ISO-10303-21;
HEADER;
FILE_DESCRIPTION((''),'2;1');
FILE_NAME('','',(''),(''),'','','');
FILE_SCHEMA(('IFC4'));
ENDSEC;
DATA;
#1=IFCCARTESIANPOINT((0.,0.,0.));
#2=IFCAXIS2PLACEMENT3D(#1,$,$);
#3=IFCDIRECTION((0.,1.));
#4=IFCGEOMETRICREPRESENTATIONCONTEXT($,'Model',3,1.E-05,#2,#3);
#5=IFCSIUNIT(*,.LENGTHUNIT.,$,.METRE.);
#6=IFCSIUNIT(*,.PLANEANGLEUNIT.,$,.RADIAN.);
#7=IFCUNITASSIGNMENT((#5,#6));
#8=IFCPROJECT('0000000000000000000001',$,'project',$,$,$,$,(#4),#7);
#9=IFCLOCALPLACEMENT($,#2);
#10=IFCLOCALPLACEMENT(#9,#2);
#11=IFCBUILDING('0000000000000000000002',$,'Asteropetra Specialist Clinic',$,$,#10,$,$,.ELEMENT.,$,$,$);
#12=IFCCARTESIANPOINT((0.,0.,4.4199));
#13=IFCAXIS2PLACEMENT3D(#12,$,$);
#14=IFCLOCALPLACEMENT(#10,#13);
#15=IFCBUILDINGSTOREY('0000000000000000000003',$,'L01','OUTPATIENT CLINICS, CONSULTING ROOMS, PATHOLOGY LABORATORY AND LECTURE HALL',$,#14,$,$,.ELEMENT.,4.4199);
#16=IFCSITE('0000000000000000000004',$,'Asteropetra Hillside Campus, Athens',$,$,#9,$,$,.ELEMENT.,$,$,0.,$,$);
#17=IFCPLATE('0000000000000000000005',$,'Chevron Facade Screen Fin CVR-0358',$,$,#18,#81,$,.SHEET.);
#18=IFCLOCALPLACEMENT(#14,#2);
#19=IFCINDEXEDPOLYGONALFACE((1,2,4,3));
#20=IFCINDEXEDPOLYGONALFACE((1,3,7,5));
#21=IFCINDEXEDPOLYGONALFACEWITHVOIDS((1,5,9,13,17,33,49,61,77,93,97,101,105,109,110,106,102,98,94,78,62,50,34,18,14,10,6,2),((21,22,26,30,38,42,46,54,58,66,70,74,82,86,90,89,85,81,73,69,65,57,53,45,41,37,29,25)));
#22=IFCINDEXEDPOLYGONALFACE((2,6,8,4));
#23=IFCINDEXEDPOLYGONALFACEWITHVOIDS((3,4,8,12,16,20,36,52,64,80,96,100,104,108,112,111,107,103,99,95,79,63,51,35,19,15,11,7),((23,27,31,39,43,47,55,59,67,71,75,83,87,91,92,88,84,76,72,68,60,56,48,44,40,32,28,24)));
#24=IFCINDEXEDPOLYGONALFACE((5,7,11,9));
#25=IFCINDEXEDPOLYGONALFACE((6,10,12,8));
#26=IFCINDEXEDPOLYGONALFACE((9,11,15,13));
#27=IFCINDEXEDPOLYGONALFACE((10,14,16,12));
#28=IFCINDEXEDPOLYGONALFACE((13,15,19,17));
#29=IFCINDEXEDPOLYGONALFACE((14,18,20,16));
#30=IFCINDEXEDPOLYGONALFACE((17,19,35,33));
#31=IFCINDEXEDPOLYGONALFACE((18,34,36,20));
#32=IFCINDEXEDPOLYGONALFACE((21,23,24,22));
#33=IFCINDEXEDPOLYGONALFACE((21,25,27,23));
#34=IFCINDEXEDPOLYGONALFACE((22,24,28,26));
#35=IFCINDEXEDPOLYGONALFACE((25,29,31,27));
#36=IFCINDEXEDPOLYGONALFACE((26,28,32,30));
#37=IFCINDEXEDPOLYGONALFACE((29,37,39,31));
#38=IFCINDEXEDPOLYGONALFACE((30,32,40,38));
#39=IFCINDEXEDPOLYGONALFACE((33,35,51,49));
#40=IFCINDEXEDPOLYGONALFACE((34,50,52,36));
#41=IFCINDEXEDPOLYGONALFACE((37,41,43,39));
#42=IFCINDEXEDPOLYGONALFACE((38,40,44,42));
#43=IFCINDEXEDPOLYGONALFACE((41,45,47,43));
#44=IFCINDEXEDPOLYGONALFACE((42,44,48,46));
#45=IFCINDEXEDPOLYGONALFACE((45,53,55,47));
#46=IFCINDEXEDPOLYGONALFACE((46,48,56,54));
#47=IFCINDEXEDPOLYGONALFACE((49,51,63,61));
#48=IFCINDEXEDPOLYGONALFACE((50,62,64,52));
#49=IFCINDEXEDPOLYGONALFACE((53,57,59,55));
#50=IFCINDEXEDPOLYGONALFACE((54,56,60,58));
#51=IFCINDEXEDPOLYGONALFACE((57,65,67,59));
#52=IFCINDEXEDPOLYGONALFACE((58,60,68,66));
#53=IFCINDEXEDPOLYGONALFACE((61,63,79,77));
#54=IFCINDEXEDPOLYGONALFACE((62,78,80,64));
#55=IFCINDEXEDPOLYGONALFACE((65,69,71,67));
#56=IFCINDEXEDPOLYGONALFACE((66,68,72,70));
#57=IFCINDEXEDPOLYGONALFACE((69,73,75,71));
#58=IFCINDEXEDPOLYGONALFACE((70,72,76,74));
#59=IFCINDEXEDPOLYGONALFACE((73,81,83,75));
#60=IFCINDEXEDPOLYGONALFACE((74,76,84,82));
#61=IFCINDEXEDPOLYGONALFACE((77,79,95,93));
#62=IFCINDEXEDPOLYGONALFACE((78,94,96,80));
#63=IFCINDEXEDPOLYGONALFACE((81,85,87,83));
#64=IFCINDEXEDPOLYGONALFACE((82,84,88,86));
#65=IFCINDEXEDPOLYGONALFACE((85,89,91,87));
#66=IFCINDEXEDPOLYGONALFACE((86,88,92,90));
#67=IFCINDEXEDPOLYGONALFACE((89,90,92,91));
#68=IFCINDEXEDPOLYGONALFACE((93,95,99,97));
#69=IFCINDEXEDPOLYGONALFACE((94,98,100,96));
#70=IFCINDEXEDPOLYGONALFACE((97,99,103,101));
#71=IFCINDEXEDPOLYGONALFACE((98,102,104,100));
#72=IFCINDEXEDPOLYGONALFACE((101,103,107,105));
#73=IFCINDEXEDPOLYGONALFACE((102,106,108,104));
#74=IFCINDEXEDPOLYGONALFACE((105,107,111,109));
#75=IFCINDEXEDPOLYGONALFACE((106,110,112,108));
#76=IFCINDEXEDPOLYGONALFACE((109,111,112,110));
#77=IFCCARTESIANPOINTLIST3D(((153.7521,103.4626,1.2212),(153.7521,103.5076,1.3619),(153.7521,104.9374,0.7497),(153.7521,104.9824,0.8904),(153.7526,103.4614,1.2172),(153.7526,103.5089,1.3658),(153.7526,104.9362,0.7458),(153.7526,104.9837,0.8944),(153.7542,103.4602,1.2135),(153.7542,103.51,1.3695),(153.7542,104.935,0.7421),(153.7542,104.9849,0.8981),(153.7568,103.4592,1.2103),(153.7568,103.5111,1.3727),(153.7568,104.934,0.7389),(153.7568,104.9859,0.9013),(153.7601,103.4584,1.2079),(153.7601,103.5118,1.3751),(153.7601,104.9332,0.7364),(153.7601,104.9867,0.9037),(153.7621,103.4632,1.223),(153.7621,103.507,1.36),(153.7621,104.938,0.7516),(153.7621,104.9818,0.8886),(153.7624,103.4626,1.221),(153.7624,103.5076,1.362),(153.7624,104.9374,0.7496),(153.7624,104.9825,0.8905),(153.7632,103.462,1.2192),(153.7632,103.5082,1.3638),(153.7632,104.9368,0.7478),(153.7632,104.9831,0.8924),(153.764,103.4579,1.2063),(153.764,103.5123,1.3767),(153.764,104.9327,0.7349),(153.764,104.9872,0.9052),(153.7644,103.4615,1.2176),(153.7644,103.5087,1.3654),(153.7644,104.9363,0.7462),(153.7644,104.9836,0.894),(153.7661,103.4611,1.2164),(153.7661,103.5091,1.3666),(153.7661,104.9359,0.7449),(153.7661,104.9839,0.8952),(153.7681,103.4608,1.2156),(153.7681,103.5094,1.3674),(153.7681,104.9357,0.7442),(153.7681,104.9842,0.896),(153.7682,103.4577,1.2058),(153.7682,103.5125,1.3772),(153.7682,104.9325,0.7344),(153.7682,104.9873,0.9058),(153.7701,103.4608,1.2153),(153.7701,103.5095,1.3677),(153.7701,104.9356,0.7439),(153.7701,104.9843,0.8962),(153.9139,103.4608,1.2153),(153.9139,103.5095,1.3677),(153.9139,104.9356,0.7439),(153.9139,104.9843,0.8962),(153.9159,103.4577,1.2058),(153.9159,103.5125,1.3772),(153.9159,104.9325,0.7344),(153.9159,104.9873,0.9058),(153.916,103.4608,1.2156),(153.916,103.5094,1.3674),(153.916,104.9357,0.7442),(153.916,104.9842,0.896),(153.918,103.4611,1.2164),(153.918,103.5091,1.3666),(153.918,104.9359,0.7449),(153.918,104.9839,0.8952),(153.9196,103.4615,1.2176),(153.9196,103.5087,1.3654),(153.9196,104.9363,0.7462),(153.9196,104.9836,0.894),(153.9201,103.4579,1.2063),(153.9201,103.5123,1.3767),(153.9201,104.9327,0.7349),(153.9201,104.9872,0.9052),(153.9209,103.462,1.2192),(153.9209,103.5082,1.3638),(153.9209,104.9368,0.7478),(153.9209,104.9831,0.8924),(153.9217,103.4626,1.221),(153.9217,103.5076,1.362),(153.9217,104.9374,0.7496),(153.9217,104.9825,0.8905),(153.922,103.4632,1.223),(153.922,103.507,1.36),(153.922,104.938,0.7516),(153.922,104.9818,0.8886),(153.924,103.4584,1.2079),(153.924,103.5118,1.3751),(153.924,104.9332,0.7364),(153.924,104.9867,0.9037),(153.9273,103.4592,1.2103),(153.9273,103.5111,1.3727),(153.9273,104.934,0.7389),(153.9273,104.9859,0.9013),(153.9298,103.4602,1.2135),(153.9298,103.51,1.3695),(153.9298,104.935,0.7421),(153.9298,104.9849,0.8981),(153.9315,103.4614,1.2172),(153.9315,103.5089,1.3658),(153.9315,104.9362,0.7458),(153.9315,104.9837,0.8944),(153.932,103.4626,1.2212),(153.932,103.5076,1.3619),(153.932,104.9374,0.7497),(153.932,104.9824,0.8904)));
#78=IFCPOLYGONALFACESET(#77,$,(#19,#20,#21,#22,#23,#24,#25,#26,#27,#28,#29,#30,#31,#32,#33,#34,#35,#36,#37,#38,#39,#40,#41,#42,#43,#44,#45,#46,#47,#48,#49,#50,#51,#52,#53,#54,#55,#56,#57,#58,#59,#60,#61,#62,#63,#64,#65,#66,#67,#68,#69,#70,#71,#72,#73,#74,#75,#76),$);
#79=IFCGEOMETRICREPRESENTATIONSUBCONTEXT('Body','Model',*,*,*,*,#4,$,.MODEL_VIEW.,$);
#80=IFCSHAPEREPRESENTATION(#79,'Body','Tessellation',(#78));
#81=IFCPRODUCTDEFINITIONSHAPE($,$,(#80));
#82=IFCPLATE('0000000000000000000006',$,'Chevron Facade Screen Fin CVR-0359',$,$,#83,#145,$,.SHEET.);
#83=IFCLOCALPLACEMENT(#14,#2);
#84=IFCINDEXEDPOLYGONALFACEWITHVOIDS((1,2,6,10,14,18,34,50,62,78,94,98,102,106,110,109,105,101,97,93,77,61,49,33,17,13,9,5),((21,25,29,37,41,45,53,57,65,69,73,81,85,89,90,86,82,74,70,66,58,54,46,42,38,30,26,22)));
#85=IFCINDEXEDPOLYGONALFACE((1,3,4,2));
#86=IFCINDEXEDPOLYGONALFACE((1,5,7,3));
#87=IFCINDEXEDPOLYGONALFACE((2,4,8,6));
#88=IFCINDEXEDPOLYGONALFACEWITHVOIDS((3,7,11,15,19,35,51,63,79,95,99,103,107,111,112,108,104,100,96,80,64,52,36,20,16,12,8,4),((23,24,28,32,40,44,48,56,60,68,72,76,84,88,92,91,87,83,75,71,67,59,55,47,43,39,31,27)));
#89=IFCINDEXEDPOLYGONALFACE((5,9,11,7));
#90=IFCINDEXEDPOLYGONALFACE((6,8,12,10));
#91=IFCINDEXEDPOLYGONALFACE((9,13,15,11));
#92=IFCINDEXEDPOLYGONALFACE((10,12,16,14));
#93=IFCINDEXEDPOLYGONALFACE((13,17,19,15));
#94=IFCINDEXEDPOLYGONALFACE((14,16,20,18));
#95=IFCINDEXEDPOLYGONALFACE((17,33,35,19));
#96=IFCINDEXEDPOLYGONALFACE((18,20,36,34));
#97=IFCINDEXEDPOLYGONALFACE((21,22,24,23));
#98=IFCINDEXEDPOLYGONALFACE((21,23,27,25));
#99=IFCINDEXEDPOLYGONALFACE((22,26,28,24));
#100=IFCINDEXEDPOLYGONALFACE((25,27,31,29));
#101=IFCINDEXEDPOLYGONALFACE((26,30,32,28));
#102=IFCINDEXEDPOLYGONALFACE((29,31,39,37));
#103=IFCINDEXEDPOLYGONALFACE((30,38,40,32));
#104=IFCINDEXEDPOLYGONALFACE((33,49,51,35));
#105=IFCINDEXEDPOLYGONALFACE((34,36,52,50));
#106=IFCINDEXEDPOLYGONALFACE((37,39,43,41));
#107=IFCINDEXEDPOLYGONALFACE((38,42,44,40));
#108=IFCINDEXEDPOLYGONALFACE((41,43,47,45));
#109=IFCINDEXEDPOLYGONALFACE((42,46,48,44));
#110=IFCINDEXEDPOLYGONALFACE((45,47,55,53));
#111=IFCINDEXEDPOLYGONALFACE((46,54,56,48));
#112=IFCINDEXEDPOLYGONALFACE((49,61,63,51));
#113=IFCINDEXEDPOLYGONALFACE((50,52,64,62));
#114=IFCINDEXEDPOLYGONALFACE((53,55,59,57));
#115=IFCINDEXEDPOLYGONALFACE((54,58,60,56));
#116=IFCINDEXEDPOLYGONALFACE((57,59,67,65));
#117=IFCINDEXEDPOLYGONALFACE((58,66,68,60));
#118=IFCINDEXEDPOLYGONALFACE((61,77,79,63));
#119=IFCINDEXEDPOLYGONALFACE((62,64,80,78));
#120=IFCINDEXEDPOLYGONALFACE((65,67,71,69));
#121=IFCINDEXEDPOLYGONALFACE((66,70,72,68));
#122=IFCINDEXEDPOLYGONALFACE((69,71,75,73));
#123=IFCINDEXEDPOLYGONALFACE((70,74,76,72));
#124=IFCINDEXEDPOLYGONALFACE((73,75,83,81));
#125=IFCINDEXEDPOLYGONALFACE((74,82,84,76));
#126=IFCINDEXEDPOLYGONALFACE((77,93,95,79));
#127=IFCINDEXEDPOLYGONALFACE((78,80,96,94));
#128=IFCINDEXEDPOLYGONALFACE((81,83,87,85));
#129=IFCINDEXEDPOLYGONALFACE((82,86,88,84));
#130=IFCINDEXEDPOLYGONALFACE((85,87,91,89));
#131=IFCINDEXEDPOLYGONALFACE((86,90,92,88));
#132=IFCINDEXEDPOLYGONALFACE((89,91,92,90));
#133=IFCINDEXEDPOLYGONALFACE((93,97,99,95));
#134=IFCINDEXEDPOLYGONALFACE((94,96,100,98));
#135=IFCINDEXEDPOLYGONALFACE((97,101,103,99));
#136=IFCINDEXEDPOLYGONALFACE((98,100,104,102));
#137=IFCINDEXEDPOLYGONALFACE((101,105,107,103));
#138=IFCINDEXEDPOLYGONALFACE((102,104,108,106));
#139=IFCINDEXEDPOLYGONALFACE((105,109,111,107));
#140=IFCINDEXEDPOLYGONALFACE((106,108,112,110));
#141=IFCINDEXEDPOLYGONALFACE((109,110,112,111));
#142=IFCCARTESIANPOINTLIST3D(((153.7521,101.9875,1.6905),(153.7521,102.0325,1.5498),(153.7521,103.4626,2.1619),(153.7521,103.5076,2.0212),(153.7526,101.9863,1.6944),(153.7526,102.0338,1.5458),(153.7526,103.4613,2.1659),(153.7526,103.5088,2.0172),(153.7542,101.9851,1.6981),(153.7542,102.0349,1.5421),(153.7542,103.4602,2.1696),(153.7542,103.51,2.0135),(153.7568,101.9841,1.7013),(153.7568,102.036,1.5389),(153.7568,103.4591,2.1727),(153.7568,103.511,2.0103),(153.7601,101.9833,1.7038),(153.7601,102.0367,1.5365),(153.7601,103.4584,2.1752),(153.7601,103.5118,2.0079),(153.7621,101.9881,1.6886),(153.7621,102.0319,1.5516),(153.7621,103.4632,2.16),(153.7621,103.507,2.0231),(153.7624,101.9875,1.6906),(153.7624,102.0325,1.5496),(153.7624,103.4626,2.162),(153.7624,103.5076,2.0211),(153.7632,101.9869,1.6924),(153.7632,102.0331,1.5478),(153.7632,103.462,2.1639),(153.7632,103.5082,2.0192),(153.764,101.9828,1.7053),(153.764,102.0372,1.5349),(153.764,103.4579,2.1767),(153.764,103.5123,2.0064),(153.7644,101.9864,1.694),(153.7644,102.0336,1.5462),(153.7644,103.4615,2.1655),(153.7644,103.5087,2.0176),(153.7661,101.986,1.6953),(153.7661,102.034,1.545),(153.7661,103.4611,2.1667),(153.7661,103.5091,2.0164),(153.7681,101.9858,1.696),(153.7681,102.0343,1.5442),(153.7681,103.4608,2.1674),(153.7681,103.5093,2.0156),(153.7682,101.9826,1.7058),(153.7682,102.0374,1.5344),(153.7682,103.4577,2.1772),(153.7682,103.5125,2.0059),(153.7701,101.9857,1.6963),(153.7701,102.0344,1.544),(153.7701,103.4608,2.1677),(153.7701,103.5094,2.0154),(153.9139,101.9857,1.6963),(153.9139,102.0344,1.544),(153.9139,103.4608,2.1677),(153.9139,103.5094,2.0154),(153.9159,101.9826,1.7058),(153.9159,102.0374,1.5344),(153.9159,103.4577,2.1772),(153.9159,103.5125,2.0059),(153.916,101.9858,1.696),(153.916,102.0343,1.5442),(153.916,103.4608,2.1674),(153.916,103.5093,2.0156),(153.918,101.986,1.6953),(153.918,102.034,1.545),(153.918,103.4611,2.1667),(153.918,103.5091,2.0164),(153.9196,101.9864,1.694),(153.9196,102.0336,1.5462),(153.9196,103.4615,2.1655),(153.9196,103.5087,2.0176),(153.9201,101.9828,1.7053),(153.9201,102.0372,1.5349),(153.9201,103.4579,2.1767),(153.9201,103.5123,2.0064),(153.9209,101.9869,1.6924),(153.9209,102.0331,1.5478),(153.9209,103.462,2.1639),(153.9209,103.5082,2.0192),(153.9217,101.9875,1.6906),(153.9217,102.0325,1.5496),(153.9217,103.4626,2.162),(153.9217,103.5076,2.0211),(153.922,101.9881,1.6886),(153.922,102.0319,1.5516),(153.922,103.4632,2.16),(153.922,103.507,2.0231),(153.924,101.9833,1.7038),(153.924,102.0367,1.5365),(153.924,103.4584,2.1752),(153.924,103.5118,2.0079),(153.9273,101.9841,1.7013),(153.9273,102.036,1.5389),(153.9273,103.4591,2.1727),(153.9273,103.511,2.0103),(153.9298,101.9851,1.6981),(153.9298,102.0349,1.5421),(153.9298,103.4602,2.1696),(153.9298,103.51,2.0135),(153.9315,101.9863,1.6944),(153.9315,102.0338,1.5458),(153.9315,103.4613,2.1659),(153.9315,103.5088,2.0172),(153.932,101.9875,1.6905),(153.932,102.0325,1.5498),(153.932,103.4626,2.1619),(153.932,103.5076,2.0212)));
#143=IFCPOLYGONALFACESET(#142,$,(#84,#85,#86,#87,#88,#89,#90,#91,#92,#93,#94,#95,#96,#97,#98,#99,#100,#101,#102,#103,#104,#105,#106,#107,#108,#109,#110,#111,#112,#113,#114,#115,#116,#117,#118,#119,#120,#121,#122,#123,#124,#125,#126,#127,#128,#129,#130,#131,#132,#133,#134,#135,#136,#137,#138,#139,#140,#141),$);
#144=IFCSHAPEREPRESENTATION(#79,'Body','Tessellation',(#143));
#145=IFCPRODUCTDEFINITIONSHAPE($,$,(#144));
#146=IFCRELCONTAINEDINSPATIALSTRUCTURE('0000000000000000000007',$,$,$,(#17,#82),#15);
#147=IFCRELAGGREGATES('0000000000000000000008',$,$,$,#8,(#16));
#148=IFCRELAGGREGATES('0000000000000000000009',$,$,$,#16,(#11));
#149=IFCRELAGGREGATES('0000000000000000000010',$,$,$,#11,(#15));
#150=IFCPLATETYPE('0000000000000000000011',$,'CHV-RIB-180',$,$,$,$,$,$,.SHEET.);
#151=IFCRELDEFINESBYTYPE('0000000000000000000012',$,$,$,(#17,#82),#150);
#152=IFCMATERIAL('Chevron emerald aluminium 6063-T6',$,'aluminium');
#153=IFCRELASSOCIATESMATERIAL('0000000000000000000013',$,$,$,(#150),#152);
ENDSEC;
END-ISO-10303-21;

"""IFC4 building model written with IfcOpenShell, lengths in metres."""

from ifc_helpers import new_model, si_unit, direction, frame, origin, origin_2d, place, context, subcontext, project, spatial, hollow_rectangle, extrude, material, material_profile, profile_set, type_object, element, save


model = new_model("IFC4")

# Units and contexts
model_context = context("Model", 3, precision=1e-05, world=origin(), true_north=direction((0.0, 1.0)))
body_context = subcontext(model_context, "Body", "Model", "MODEL_VIEW")
ifc_project = project(units=[si_unit("LENGTHUNIT", "METRE"), si_unit("PLANEANGLEUNIT", "RADIAN")], contexts=[model_context])

# Site, building, storey
site_placement = place(None, origin())
site = spatial("IfcSite", under=ifc_project, at=site_placement, Name="Asteropetra Hillside Campus, Athens", CompositionType="ELEMENT", RefElevation=0.0)
building_placement = place(site_placement, origin())
building = spatial("IfcBuilding", under=site, at=building_placement, Name="Asteropetra Specialist Clinic", CompositionType="ELEMENT")
storey_placement = place(building_placement, frame((0.0, 0.0, 4.4199)))
storey = spatial("IfcBuildingStorey", under=building, at=storey_placement, Name="L01", Description="OUTPATIENT CLINICS, CONSULTING ROOMS, PATHOLOGY LABORATORY AND LECTURE HALL", CompositionType="ELEMENT", Elevation=4.4199)

# Plates
ifc_material_1 = material(Name="Chevron emerald aluminium 6063-T6", Category="aluminium")
ifc_material_profile_1 = material_profile(ifc_material_1, hollow_rectangle(XDim=0.1799, YDim=0.1799, WallThickness=0.01, InnerFilletRadius=0.0081, OuterFilletRadius=0.0161, at=origin_2d()), Name="SHS 180x180x10.0")
ifc_profile_set_1 = profile_set([ifc_material_profile_1], Name="Chevron emerald aluminium 6063-T6")
plate_type = type_object("IfcPlateType", Name="CHV-RIB-180", PredefinedType="SHEET", material=ifc_profile_set_1)
plate_1_placement = place(storey_placement, frame((153.842, 103.4851, 1.2915), z_axis=(0.0, 0.952521, -0.304472), x_axis=(-1.0, 0.0, 0.0)))
element("IfcPlate", 1, at=plate_1_placement, inside=storey, type_object=plate_type, Name="Chevron Facade Screen Fin CVR-0358", PredefinedType="SHEET", context=body_context, shape_type="SweptSolid", body=[
    extrude(hollow_rectangle(XDim=0.1799, YDim=0.1799, WallThickness=0.01, InnerFilletRadius=0.0081, OuterFilletRadius=0.0161, at=origin_2d()), origin(), (0.0, 0.0, 1.0), 1.5483),
])
plate_2_placement = place(storey_placement, frame((153.842, 102.01, 1.6201), z_axis=(0.0, 0.952536, 0.304427), x_axis=(-1.0, 0.0, 0.0)))
element("IfcPlate", 2, at=plate_2_placement, inside=storey, type_object=plate_type, Name="Chevron Facade Screen Fin CVR-0359", PredefinedType="SHEET", context=body_context, shape_type="SweptSolid", body=[
    extrude(hollow_rectangle(XDim=0.1799, YDim=0.1799, WallThickness=0.01, InnerFilletRadius=0.0081, OuterFilletRadius=0.0161, at=origin_2d()), origin(), (0.0, 0.0, 1.0), 1.5486),
])

save(model, "model.ifc")
